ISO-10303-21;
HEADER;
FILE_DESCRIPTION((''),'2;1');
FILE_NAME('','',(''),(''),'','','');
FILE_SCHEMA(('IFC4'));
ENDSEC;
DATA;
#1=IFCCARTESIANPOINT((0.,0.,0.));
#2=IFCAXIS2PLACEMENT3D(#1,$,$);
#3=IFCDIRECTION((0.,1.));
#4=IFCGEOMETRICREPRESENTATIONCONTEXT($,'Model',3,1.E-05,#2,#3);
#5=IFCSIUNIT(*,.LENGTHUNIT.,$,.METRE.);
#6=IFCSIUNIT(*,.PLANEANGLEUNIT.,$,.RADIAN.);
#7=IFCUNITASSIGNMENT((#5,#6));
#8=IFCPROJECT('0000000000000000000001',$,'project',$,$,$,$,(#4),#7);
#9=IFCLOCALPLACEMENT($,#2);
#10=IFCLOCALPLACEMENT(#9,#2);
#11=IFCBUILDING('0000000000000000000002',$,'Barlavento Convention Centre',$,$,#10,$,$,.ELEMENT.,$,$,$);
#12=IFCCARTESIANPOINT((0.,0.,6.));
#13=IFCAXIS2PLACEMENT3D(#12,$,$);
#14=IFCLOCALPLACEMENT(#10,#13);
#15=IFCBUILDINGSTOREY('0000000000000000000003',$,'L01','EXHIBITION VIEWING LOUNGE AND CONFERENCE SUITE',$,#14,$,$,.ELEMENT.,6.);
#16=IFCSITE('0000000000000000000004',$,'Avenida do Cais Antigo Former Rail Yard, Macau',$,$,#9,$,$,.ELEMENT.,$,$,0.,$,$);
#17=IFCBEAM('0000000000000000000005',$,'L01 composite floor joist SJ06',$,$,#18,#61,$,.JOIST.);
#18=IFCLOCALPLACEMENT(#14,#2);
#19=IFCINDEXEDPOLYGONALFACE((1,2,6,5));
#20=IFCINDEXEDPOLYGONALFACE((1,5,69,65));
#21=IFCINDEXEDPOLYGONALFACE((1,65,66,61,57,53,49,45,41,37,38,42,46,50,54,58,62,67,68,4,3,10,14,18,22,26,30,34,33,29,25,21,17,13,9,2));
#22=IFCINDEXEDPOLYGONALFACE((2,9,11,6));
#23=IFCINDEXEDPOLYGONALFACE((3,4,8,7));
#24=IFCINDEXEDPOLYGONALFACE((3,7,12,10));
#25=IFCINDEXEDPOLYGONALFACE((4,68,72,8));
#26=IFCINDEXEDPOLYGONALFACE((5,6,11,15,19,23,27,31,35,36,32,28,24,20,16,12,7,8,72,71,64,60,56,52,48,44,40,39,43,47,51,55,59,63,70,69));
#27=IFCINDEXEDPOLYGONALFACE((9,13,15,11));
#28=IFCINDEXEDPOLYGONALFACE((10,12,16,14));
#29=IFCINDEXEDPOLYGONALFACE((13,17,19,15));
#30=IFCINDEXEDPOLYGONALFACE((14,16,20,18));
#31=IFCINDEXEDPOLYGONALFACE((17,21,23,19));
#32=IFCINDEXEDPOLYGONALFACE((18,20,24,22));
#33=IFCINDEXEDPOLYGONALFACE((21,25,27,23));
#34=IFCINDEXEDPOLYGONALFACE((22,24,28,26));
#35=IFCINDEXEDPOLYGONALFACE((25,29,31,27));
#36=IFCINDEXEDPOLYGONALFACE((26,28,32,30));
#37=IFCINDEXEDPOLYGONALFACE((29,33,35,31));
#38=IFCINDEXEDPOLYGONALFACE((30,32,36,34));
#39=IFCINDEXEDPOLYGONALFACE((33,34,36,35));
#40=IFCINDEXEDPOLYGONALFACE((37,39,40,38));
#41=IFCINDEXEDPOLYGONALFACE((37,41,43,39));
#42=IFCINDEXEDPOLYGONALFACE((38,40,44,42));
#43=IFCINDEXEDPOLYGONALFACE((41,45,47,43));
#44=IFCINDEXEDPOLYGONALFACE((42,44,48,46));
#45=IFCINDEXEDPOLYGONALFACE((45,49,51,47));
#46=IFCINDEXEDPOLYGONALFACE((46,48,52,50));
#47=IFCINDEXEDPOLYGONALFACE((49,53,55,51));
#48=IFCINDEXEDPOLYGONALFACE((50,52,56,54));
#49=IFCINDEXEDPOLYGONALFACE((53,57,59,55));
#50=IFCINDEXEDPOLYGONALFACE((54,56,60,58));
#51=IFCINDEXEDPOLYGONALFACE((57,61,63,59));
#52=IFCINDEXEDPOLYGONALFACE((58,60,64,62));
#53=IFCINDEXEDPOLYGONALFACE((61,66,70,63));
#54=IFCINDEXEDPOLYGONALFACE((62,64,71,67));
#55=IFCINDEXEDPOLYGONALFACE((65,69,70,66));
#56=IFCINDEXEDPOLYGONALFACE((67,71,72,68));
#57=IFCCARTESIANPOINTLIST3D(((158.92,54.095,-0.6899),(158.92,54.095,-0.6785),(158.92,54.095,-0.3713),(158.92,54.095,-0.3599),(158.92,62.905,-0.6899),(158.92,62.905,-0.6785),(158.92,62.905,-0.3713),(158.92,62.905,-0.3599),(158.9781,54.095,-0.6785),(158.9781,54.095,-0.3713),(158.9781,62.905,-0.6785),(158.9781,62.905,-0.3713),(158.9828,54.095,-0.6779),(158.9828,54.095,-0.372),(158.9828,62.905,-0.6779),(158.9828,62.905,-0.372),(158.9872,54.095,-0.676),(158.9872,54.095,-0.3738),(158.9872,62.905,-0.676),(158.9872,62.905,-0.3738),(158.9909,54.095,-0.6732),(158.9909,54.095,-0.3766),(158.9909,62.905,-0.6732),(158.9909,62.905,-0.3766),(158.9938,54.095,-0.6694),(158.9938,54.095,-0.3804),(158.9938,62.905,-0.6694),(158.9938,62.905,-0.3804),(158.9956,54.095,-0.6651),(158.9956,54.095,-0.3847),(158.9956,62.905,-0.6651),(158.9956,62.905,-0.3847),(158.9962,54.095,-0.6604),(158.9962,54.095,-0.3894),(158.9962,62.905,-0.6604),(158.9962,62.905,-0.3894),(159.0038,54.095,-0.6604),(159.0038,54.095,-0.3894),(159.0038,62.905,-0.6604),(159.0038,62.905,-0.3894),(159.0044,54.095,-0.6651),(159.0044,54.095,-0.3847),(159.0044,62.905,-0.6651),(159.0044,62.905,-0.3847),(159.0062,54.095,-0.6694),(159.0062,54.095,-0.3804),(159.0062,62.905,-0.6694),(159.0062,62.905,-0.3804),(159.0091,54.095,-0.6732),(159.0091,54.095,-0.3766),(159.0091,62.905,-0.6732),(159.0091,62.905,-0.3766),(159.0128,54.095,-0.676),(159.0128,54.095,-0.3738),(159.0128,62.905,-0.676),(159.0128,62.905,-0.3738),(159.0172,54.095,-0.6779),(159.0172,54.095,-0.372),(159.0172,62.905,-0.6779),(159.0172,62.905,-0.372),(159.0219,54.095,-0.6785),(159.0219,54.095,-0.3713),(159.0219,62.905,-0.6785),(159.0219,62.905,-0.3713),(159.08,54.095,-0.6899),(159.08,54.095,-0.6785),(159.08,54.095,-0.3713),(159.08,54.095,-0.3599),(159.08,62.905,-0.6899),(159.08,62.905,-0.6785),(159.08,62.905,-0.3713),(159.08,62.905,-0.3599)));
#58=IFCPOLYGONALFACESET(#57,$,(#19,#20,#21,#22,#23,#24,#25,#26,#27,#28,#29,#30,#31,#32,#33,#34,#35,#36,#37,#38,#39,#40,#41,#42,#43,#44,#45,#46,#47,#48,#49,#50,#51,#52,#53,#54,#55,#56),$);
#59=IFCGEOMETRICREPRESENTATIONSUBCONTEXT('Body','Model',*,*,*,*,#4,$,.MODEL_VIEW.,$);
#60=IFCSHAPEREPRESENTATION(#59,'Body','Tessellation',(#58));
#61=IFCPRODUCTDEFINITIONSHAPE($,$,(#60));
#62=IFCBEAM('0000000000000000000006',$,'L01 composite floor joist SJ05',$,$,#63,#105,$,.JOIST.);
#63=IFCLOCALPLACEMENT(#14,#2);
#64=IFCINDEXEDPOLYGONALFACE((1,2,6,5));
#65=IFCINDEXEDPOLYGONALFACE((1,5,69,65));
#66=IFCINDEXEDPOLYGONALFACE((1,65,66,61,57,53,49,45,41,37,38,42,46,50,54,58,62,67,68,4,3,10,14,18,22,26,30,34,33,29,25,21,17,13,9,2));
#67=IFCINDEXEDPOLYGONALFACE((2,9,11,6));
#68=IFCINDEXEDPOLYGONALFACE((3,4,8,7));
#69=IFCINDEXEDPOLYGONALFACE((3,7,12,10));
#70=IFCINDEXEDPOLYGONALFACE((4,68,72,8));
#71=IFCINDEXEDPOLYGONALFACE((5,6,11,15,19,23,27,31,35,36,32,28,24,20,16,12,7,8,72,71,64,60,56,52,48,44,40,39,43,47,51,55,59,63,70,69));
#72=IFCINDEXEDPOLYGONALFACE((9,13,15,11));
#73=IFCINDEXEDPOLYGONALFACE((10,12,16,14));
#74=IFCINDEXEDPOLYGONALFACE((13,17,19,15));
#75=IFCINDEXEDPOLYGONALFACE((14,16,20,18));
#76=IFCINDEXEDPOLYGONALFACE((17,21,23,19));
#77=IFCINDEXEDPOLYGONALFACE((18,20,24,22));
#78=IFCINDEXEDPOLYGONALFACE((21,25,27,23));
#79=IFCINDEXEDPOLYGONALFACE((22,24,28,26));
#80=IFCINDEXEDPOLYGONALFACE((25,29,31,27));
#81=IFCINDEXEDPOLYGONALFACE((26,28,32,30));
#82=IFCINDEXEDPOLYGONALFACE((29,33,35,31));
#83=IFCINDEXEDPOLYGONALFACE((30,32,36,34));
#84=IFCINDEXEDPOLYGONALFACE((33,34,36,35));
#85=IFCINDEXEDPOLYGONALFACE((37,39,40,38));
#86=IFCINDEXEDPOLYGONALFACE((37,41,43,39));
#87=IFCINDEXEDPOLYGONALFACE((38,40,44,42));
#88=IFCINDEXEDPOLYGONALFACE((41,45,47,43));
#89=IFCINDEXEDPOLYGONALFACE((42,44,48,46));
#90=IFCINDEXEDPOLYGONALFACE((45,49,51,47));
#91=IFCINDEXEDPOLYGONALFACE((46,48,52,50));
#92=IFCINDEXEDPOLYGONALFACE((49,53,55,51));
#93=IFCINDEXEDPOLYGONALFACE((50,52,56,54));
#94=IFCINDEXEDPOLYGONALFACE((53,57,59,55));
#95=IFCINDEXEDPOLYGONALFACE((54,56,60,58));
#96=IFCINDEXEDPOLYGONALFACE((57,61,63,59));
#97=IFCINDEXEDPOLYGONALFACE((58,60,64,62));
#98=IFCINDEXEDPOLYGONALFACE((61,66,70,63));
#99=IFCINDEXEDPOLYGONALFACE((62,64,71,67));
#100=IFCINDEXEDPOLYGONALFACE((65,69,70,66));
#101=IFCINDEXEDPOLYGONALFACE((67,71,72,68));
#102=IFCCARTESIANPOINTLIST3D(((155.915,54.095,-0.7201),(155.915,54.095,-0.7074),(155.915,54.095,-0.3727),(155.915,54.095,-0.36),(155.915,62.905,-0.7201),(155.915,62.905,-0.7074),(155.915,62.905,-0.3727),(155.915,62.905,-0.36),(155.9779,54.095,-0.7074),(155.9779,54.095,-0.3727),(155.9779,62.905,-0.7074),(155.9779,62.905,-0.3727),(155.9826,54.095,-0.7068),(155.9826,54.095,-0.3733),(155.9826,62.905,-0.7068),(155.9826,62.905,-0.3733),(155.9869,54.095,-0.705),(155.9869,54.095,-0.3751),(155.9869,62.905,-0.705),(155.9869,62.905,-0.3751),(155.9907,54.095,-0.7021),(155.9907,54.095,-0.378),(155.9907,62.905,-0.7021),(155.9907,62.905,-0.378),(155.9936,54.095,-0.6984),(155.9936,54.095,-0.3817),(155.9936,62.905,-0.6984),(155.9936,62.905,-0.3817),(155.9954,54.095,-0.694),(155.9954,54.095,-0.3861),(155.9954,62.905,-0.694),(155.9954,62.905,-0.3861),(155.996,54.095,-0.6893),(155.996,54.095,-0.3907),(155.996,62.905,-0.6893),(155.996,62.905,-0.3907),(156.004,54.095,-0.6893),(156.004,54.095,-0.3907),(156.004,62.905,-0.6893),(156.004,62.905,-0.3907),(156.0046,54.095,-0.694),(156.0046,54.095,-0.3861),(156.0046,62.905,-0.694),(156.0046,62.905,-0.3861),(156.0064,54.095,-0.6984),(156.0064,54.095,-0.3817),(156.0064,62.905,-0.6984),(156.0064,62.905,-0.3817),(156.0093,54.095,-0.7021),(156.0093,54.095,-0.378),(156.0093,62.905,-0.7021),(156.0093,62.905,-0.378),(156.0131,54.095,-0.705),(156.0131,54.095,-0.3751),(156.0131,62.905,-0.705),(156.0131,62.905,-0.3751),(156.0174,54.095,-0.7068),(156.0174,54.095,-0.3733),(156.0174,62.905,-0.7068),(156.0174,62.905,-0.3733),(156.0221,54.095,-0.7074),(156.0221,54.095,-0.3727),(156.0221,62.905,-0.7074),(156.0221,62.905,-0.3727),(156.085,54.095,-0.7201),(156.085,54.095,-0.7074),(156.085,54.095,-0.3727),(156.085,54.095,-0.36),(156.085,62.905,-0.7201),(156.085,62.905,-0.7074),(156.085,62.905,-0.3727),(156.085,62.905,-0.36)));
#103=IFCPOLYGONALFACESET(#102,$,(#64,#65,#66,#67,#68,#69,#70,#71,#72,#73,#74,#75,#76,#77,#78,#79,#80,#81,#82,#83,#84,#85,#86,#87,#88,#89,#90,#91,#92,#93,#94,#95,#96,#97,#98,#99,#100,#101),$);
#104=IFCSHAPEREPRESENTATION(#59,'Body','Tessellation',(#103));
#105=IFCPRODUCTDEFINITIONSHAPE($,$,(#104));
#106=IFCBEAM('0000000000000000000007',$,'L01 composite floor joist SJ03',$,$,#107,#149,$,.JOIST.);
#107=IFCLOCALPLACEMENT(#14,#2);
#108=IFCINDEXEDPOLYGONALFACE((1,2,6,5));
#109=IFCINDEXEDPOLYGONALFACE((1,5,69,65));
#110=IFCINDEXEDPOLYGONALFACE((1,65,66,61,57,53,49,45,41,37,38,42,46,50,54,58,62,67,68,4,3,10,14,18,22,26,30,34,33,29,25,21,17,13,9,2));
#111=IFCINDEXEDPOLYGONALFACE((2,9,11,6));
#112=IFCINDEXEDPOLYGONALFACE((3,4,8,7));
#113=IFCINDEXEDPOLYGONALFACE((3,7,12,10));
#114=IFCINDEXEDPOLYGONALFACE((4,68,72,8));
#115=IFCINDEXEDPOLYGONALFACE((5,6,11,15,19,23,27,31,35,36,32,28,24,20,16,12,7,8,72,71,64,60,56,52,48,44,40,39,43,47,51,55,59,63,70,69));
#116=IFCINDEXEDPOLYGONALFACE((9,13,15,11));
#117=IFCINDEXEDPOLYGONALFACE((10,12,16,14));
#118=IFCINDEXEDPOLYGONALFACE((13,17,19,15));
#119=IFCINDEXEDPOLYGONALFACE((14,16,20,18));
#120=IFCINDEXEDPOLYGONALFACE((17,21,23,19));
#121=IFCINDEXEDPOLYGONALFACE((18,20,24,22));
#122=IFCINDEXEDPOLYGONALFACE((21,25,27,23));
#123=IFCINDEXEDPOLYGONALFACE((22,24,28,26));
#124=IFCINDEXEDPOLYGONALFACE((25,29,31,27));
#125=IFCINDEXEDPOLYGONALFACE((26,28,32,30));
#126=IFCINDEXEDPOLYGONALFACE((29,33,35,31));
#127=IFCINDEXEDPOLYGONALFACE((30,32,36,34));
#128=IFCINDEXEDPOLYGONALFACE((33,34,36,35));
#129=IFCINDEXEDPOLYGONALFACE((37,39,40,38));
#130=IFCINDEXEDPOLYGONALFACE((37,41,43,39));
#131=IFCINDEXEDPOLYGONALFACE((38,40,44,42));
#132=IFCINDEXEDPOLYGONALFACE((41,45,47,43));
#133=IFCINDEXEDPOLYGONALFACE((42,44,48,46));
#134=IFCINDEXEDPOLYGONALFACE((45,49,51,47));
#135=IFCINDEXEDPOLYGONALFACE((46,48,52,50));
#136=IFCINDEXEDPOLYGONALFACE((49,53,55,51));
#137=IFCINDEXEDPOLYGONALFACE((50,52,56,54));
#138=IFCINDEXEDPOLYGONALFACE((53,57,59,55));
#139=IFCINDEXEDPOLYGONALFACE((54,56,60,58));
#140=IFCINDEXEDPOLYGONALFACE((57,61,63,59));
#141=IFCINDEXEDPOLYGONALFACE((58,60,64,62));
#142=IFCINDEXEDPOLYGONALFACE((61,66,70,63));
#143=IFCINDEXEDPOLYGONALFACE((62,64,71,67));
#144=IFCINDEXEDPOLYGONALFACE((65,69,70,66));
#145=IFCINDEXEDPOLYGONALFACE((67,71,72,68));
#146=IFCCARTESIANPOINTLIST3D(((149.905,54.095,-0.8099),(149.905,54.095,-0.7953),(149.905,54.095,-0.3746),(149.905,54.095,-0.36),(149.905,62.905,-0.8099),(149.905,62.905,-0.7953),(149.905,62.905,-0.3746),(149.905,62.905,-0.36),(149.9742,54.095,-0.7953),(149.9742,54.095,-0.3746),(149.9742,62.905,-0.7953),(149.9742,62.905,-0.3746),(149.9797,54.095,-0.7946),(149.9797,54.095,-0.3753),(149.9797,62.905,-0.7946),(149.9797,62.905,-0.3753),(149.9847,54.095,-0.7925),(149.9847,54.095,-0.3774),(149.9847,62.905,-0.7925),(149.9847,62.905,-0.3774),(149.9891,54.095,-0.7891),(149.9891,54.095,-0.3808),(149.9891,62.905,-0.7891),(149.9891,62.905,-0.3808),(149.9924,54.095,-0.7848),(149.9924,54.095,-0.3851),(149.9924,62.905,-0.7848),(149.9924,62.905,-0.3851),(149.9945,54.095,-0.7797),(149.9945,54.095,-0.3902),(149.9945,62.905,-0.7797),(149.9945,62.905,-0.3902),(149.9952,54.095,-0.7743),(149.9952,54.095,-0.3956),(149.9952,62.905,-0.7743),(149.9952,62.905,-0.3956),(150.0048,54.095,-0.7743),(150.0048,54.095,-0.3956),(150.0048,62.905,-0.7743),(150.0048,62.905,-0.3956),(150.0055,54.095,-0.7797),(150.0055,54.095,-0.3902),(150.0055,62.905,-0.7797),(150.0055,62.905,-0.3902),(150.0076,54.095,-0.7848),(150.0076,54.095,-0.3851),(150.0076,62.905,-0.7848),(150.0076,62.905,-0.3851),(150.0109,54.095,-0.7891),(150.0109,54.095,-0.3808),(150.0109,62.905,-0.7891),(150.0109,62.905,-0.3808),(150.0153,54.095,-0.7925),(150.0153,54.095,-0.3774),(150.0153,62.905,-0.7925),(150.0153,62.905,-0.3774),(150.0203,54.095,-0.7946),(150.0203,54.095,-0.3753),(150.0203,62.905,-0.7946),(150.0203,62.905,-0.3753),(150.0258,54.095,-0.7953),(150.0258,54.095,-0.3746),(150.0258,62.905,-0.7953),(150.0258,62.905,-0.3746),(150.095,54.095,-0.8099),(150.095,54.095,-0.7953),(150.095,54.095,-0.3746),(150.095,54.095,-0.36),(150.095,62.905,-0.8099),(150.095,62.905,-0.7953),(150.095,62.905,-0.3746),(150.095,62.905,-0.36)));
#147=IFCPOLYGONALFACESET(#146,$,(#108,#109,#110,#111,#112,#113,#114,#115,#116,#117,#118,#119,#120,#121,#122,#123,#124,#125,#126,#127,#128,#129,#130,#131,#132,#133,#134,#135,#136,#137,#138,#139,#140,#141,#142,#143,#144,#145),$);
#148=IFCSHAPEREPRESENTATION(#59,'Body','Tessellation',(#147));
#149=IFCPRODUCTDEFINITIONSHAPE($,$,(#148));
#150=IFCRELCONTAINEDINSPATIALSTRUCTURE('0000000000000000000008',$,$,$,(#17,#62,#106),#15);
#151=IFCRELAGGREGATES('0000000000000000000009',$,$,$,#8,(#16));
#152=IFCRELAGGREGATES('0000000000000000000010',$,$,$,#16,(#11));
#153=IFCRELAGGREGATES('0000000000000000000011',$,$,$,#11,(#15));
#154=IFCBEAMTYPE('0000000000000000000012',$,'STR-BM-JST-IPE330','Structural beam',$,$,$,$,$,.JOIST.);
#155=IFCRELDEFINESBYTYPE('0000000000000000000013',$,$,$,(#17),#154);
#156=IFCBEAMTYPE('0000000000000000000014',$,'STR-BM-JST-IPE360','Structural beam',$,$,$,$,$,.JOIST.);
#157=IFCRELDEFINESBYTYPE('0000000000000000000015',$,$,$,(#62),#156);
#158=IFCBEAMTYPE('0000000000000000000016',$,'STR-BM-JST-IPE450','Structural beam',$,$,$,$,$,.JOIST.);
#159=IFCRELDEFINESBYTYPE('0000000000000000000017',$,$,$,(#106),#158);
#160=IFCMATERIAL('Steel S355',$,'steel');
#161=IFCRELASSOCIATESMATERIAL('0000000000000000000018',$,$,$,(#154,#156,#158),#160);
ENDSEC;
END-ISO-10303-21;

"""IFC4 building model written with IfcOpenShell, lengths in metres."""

from ifc_helpers import new_model, si_unit, direction, frame, origin, origin_2d, place, context, subcontext, project, spatial, i_section, extrude, material, material_profile, profile_set, type_object, element, save


model = new_model("IFC4")

# Units and contexts
model_context = context("Model", 3, precision=1e-05, world=origin(), true_north=direction((0.0, 1.0)))
body_context = subcontext(model_context, "Body", "Model", "MODEL_VIEW")
ifc_project = project(units=[si_unit("LENGTHUNIT", "METRE"), si_unit("PLANEANGLEUNIT", "RADIAN")], contexts=[model_context])

# Site, building, storey
site_placement = place(None, origin())
site = spatial("IfcSite", under=ifc_project, at=site_placement, Name="Avenida do Cais Antigo Former Rail Yard, Macau", CompositionType="ELEMENT", RefElevation=0.0)
building_placement = place(site_placement, origin())
building = spatial("IfcBuilding", under=site, at=building_placement, Name="Barlavento Convention Centre", CompositionType="ELEMENT")
storey_placement = place(building_placement, frame((0.0, 0.0, 6.0)))
storey = spatial("IfcBuildingStorey", under=building, at=storey_placement, Name="L01", Description="EXHIBITION VIEWING LOUNGE AND CONFERENCE SUITE", CompositionType="ELEMENT", Elevation=6.0)

# Shared definitions
ifc_material_1 = material(Name="Steel S355", Category="steel")

# Beams
ifc_material_profile_1 = material_profile(ifc_material_1, i_section(OverallWidth=0.1599, OverallDepth=0.3301, WebThickness=0.0076, FlangeThickness=0.0115, FilletRadius=0.0181, at=origin_2d()), Name="IPE 330")
ifc_profile_set_1 = profile_set([ifc_material_profile_1], Name="Steel S355")
beam_type_1 = type_object("IfcBeamType", Name="STR-BM-JST-IPE330", Description="Structural beam", PredefinedType="JOIST", material=ifc_profile_set_1)
beam_1_placement = place(storey_placement, frame((159.0, 54.095, -0.5249), z_axis=(0.0, 1.0, 0.0), x_axis=(-1.0, 0.0, 0.0)))
element("IfcBeam", 1, at=beam_1_placement, inside=storey, type_object=beam_type_1, Name="L01 composite floor joist SJ06", PredefinedType="JOIST", context=body_context, shape_type="SweptSolid", body=[
    extrude(i_section(OverallWidth=0.1599, OverallDepth=0.3301, WebThickness=0.0076, FlangeThickness=0.0115, FilletRadius=0.0181, at=origin_2d()), origin(), (0.0, 0.0, 1.0), 8.8101),
])
ifc_material_profile_2 = material_profile(ifc_material_1, i_section(OverallWidth=0.1699, OverallDepth=0.3601, WebThickness=0.0081, FlangeThickness=0.0127, FilletRadius=0.0181, at=origin_2d()), Name="IPE 360")
ifc_profile_set_2 = profile_set([ifc_material_profile_2], Name="Steel S355")
beam_type_2 = type_object("IfcBeamType", Name="STR-BM-JST-IPE360", Description="Structural beam", PredefinedType="JOIST", material=ifc_profile_set_2)
beam_2_placement = place(storey_placement, frame((156.0, 54.095, -0.54), z_axis=(0.0, 1.0, 0.0), x_axis=(-1.0, 0.0, 0.0)))
element("IfcBeam", 2, at=beam_2_placement, inside=storey, type_object=beam_type_2, Name="L01 composite floor joist SJ05", PredefinedType="JOIST", context=body_context, shape_type="SweptSolid", body=[
    extrude(i_section(OverallWidth=0.1699, OverallDepth=0.3601, WebThickness=0.0081, FlangeThickness=0.0127, FilletRadius=0.0181, at=origin_2d()), origin(), (0.0, 0.0, 1.0), 8.8101),
])
ifc_material_profile_3 = material_profile(ifc_material_1, i_section(OverallWidth=0.1899, OverallDepth=0.45, WebThickness=0.0095, FlangeThickness=0.0146, FilletRadius=0.021, at=origin_2d()), Name="IPE 450")
ifc_profile_set_3 = profile_set([ifc_material_profile_3], Name="Steel S355")
beam_type_3 = type_object("IfcBeamType", Name="STR-BM-JST-IPE450", Description="Structural beam", PredefinedType="JOIST", material=ifc_profile_set_3)
beam_3_placement = place(storey_placement, frame((150.0, 54.095, -0.585), z_axis=(0.0, 1.0, 0.0), x_axis=(-1.0, 0.0, 0.0)))
element("IfcBeam", 3, at=beam_3_placement, inside=storey, type_object=beam_type_3, Name="L01 composite floor joist SJ03", PredefinedType="JOIST", context=body_context, shape_type="SweptSolid", body=[
    extrude(i_section(OverallWidth=0.1899, OverallDepth=0.45, WebThickness=0.0095, FlangeThickness=0.0146, FilletRadius=0.021, at=origin_2d()), origin(), (0.0, 0.0, 1.0), 8.8101),
])

save(model, "model.ifc")
